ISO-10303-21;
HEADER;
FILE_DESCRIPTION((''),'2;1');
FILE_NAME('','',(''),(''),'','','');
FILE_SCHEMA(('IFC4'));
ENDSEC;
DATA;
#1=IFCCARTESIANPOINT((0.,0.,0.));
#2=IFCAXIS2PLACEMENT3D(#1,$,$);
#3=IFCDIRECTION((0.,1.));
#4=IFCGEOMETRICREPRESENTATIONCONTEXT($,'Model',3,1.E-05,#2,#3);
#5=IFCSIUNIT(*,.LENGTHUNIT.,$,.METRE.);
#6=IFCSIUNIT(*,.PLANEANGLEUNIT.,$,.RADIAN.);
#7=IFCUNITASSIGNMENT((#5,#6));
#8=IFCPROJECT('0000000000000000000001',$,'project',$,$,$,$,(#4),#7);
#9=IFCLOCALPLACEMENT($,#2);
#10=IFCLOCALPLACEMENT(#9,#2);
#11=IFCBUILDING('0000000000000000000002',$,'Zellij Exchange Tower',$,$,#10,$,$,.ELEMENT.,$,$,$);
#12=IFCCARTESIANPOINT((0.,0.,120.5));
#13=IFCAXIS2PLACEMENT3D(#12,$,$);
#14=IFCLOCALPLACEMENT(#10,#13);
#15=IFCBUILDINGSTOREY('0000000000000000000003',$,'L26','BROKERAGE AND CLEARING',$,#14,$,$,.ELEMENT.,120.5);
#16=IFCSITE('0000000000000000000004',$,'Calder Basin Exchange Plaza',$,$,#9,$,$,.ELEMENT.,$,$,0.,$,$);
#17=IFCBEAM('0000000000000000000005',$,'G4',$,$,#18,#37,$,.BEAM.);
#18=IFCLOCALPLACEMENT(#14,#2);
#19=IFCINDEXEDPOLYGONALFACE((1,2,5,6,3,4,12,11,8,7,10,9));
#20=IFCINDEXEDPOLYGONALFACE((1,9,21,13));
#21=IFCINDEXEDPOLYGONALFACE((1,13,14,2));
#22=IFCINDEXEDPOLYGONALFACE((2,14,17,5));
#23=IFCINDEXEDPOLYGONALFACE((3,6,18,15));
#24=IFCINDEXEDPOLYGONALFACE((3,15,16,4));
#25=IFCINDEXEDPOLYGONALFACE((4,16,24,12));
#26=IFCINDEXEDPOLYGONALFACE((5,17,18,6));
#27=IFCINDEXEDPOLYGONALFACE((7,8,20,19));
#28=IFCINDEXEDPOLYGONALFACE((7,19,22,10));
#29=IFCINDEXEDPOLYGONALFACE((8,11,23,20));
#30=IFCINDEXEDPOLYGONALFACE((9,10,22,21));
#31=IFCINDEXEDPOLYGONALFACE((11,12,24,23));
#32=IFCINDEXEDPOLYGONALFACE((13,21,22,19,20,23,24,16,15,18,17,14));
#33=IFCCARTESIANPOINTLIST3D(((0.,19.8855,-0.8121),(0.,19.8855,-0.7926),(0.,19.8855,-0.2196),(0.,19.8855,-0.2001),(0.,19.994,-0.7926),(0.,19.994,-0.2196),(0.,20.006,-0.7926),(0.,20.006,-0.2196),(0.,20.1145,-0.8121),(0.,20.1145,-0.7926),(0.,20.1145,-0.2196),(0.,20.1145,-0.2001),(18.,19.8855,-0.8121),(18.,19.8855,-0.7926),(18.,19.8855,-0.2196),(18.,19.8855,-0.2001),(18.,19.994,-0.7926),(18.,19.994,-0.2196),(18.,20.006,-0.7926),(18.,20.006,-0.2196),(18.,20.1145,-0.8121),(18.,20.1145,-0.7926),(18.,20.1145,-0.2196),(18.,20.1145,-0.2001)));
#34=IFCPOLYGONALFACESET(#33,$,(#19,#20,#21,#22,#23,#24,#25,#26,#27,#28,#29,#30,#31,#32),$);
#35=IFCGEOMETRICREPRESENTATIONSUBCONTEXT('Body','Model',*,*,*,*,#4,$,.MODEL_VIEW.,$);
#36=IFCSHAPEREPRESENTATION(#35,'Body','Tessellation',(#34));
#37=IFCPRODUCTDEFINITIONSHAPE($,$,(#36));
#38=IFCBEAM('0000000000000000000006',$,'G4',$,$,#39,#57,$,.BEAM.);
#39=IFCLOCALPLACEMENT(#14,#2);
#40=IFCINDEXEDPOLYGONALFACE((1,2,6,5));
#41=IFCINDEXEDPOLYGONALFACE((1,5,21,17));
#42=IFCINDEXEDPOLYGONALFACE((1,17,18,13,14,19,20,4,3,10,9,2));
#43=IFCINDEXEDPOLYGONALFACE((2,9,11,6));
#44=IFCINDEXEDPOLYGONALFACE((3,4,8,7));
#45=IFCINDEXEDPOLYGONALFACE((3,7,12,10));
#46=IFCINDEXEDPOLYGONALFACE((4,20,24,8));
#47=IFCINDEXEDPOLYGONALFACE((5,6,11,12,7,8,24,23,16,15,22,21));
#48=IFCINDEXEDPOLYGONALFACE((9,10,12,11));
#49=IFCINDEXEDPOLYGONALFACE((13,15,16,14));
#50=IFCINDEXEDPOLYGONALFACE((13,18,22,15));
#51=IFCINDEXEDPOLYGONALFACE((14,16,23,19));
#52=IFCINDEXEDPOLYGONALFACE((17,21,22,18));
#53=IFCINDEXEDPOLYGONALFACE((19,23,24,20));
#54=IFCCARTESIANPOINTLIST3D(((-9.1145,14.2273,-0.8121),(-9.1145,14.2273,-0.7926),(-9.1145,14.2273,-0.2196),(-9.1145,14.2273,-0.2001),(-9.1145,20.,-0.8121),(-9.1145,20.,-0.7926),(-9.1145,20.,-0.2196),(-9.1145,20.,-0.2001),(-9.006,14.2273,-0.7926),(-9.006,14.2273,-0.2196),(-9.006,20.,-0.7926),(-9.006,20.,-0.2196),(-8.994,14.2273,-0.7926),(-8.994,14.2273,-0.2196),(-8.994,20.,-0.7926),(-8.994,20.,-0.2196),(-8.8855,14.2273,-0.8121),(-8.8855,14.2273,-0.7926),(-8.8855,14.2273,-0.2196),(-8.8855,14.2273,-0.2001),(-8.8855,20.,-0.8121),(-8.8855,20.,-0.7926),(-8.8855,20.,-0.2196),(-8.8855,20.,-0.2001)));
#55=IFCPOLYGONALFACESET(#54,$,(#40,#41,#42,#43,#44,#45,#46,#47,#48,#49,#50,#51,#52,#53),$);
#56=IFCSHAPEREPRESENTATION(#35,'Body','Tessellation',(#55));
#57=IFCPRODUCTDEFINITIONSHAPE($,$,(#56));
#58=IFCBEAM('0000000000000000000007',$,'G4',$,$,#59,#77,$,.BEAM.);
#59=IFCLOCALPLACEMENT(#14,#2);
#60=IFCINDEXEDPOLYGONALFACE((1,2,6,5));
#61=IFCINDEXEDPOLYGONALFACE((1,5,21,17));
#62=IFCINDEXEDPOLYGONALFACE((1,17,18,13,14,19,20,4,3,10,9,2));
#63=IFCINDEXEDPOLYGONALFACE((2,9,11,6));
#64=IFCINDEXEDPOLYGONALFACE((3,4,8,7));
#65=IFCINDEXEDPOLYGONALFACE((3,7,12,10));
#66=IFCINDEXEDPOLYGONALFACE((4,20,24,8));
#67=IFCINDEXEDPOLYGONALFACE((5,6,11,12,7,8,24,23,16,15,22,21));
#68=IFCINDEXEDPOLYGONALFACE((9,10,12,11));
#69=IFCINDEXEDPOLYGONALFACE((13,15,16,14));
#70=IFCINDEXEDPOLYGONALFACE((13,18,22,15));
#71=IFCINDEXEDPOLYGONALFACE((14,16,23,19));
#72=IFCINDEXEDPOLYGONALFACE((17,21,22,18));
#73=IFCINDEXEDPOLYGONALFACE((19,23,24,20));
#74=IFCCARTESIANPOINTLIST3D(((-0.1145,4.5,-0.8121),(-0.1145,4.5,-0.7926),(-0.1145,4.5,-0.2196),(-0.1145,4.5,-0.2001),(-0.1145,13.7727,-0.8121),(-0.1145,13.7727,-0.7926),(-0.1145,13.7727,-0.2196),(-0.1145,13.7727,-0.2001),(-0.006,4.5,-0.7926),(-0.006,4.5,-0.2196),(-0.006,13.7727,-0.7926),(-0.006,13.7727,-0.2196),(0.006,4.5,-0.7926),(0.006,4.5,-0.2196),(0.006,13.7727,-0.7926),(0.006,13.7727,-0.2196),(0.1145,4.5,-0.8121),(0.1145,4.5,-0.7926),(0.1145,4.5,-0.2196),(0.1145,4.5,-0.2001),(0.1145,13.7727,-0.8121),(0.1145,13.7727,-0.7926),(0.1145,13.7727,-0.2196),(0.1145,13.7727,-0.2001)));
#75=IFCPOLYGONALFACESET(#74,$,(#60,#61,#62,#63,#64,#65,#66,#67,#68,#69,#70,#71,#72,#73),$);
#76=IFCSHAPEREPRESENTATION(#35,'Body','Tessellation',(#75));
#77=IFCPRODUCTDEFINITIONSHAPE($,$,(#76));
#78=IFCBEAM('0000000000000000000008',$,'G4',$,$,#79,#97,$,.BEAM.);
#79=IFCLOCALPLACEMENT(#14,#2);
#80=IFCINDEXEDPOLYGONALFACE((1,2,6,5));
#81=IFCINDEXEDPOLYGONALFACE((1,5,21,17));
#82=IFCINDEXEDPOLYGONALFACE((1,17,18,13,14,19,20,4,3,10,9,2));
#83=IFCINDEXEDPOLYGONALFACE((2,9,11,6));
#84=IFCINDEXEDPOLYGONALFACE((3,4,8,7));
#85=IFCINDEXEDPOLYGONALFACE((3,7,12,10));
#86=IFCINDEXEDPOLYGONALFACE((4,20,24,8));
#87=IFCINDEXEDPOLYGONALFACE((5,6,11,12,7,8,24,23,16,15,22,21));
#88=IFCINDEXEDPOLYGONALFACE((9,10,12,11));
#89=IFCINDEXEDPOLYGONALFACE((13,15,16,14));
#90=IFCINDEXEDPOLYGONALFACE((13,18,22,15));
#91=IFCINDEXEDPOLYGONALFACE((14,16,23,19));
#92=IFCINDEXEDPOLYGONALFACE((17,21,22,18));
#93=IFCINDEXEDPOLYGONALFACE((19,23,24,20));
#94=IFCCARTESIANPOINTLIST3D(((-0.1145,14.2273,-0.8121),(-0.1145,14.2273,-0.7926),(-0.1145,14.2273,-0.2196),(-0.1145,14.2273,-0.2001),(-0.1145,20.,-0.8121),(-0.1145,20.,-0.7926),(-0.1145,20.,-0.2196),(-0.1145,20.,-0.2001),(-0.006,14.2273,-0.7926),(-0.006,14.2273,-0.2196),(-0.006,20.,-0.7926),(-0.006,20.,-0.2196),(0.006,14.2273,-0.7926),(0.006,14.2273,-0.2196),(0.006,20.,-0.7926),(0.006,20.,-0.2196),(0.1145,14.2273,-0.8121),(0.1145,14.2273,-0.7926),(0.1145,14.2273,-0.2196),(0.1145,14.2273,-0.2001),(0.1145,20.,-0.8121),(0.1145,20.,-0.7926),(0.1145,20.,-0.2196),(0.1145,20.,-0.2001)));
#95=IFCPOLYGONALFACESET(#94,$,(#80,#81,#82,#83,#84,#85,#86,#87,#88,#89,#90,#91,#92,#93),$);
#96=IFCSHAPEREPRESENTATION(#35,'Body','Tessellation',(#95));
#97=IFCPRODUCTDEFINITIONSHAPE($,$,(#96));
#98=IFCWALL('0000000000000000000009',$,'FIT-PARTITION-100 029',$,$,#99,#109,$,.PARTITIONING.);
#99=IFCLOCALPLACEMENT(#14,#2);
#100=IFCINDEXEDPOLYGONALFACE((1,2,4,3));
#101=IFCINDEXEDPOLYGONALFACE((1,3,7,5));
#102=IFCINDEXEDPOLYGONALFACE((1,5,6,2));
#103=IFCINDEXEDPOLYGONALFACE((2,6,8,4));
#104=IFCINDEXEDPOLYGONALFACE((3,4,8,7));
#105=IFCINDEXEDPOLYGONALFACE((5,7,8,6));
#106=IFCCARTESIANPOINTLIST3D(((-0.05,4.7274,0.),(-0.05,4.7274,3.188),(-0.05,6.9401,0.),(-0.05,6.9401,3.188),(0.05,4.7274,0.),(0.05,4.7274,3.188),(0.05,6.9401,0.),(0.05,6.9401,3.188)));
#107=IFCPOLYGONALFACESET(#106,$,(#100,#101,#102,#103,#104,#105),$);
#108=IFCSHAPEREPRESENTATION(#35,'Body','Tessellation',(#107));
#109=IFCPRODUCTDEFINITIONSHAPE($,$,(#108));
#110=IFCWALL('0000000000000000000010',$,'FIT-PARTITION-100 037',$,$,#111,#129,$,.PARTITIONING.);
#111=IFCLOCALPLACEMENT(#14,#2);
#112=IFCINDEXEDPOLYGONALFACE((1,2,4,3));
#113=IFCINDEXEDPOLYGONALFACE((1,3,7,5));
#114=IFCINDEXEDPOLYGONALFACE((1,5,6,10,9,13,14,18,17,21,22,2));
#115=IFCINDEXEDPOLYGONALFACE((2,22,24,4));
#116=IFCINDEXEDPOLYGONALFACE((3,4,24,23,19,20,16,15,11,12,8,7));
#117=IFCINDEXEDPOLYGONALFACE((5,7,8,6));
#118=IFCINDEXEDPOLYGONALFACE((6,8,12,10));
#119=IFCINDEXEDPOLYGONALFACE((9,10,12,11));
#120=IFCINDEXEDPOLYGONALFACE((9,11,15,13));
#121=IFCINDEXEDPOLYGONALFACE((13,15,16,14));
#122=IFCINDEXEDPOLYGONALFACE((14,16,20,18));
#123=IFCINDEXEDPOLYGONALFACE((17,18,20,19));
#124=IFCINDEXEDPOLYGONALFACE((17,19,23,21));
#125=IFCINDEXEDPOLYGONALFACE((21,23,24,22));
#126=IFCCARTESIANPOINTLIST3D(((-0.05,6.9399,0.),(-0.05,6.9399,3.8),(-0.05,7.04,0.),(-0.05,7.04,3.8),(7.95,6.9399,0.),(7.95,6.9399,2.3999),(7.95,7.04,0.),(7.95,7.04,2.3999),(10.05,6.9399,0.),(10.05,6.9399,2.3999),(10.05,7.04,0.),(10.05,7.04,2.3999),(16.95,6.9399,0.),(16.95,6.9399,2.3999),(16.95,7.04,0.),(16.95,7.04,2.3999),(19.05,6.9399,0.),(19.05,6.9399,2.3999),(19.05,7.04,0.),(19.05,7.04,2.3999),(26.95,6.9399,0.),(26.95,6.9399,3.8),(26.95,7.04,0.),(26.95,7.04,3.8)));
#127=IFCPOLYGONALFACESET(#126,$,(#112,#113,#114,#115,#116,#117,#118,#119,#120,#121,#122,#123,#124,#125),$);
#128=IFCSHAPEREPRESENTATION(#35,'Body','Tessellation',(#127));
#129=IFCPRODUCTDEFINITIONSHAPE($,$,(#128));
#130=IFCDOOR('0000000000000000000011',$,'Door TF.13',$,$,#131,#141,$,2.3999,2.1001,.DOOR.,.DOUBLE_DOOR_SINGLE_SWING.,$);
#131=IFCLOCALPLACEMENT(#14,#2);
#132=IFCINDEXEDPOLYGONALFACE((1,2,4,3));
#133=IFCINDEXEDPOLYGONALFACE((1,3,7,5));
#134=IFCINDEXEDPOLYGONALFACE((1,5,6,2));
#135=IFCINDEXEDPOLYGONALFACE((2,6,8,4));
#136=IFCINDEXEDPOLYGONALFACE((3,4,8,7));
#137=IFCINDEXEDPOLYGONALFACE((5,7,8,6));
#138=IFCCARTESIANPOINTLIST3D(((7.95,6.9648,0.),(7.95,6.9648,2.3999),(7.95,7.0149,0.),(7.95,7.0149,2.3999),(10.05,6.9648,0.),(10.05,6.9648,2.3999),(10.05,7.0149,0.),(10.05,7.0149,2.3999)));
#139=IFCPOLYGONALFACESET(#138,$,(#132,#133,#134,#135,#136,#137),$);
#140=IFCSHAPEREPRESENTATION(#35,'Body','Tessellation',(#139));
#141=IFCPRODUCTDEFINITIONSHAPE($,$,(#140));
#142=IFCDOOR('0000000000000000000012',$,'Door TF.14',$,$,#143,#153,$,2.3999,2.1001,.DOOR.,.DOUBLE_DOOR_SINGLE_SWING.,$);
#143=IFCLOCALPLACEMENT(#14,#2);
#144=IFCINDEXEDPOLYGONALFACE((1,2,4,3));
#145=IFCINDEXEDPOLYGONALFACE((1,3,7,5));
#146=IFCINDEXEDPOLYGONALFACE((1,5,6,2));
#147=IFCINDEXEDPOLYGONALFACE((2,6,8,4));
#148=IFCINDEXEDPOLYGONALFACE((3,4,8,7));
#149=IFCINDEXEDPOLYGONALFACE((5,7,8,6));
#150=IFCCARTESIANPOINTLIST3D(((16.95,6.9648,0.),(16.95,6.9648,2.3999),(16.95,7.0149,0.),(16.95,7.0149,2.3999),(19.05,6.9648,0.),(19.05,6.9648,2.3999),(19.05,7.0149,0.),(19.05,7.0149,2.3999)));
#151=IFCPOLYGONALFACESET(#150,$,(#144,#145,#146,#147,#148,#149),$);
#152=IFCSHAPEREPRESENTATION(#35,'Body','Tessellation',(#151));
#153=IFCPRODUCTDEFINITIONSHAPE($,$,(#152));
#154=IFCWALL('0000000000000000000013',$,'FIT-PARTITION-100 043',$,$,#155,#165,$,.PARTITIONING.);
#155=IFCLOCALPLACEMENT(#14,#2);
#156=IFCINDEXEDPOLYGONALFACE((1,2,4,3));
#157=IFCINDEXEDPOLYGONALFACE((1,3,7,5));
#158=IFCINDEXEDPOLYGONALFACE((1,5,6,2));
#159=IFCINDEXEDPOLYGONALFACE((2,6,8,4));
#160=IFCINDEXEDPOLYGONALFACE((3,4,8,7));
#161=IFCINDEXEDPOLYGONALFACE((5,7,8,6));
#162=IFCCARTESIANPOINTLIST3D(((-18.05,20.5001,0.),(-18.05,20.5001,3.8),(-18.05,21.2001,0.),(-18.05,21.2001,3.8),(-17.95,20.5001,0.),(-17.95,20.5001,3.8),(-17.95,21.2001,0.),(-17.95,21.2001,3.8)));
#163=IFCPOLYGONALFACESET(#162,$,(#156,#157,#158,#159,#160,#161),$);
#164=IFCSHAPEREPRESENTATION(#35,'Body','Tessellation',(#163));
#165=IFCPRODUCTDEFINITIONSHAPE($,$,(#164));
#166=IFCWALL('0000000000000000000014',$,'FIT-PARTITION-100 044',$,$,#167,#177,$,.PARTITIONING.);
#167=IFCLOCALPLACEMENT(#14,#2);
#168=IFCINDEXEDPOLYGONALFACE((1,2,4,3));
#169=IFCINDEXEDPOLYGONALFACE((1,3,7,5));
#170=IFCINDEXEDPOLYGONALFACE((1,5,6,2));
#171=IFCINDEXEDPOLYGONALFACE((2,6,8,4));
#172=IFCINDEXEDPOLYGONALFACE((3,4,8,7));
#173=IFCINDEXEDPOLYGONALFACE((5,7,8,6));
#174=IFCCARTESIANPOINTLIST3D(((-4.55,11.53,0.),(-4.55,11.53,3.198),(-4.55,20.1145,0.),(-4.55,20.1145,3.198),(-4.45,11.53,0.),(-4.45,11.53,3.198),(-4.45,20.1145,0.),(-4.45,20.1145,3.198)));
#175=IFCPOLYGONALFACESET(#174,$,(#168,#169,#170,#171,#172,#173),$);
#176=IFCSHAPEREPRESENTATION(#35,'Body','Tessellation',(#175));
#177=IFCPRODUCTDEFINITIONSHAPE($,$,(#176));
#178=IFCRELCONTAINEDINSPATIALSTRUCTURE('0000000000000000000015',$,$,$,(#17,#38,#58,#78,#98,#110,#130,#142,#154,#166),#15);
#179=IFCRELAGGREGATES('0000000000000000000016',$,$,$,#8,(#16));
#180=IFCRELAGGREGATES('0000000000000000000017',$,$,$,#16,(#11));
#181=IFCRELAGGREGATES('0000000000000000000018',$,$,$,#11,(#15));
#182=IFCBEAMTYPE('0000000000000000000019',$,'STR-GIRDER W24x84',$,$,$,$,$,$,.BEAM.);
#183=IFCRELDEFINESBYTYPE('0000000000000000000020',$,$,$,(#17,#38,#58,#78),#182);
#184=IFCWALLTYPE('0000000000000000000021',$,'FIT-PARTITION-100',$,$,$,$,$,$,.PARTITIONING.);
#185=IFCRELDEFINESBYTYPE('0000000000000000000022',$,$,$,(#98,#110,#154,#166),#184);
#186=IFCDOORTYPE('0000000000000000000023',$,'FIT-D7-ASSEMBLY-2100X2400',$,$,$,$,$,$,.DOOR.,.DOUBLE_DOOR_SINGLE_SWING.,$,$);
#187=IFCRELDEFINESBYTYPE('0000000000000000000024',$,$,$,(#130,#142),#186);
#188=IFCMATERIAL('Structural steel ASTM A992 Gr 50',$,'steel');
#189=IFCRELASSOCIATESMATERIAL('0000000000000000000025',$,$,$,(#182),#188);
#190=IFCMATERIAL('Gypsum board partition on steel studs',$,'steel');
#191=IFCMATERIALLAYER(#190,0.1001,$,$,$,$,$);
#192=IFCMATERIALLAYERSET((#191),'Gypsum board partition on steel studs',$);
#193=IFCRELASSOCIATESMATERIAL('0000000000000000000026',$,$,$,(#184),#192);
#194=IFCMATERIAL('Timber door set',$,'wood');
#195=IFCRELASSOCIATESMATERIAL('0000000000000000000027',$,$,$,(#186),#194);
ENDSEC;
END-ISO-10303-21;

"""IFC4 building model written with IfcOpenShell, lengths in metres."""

from ifc_helpers import new_model, si_unit, direction, frame, frame_2d, origin, origin_2d, place, context, subcontext, project, spatial, rectangle, i_section, extrude, material, layer, layer_set, material_profile, profile_set, type_object, element, fill, save


model = new_model("IFC4")

# Units and contexts
model_context = context("Model", 3, precision=1e-05, world=origin(), true_north=direction((0.0, 1.0)))
body_context = subcontext(model_context, "Body", "Model", "MODEL_VIEW")
ifc_project = project(units=[si_unit("LENGTHUNIT", "METRE"), si_unit("PLANEANGLEUNIT", "RADIAN")], contexts=[model_context])

# Site, building, storey
site_placement = place(None, origin())
site = spatial("IfcSite", under=ifc_project, at=site_placement, Name="Calder Basin Exchange Plaza", CompositionType="ELEMENT", RefElevation=0.0)
building_placement = place(site_placement, origin())
building = spatial("IfcBuilding", under=site, at=building_placement, Name="Zellij Exchange Tower", CompositionType="ELEMENT")
storey_placement = place(building_placement, frame((0.0, 0.0, 120.5)))
storey = spatial("IfcBuildingStorey", under=building, at=storey_placement, Name="L26", Description="BROKERAGE AND CLEARING", CompositionType="ELEMENT", Elevation=120.5)

# Beams
ifc_material_1 = material(Name="Structural steel ASTM A992 Gr 50", Category="steel")
ifc_material_profile_1 = material_profile(ifc_material_1, i_section(OverallWidth=0.229, OverallDepth=0.6121, WebThickness=0.012, FlangeThickness=0.0195, at=origin_2d()), Name="W24x84")
ifc_profile_set_1 = profile_set([ifc_material_profile_1], Name="Structural steel ASTM A992 Gr 50")
beam_type = type_object("IfcBeamType", Name="STR-GIRDER W24x84", PredefinedType="BEAM", material=ifc_profile_set_1)
for number, where, z_axis, x_axis, name in (
    (1, (0.0, 20.0, -0.5061), (1.0, 0.0, 0.0), (0.0, 1.0, 0.0), "G4"),
):
    element("IfcBeam", number, at=place(storey_placement, frame(where, z_axis=z_axis, x_axis=x_axis)), inside=storey, type_object=beam_type, Name=name, PredefinedType="BEAM", context=body_context, shape_type="SweptSolid", body=[
        extrude(i_section(OverallWidth=0.229, OverallDepth=0.6121, WebThickness=0.012, FlangeThickness=0.0195, at=origin_2d()), origin(), (0.0, 0.0, 1.0), 18.0),
    ])
beam_1_placement = place(storey_placement, frame((-9.0, 14.2273, -0.5061), z_axis=(0.0, 1.0, 0.0), x_axis=(-1.0, 0.0, 0.0)))
element("IfcBeam", 2, at=beam_1_placement, inside=storey, type_object=beam_type, Name="G4", PredefinedType="BEAM", context=body_context, shape_type="SweptSolid", body=[
    extrude(i_section(OverallWidth=0.229, OverallDepth=0.6121, WebThickness=0.012, FlangeThickness=0.0195, at=origin_2d()), origin(), (0.0, 0.0, 1.0), 5.7727),
])
beam_2_placement = place(storey_placement, frame((0.0, 4.5, -0.5061), z_axis=(0.0, 1.0, 0.0), x_axis=(-1.0, 0.0, 0.0)))
element("IfcBeam", 3, at=beam_2_placement, inside=storey, type_object=beam_type, Name="G4", PredefinedType="BEAM", context=body_context, shape_type="SweptSolid", body=[
    extrude(i_section(OverallWidth=0.229, OverallDepth=0.6121, WebThickness=0.012, FlangeThickness=0.0195, at=origin_2d()), origin(), (0.0, 0.0, 1.0), 9.2727),
])
beam_3_placement = place(storey_placement, frame((0.0, 14.2273, -0.5061), z_axis=(0.0, 1.0, 0.0), x_axis=(-1.0, 0.0, 0.0)))
element("IfcBeam", 4, at=beam_3_placement, inside=storey, type_object=beam_type, Name="G4", PredefinedType="BEAM", context=body_context, shape_type="SweptSolid", body=[
    extrude(i_section(OverallWidth=0.229, OverallDepth=0.6121, WebThickness=0.012, FlangeThickness=0.0195, at=origin_2d()), origin(), (0.0, 0.0, 1.0), 5.7727),
])

# Wall
ifc_material_2 = material(Name="Gypsum board partition on steel studs", Category="steel")
ifc_layer = layer(ifc_material_2, 0.1001)
ifc_layer_set = layer_set([ifc_layer], Name="Gypsum board partition on steel studs")
wall_type = type_object("IfcWallType", Name="FIT-PARTITION-100", PredefinedType="PARTITIONING", material=ifc_layer_set)
wall_1_placement = place(storey_placement, frame((0.0, 4.7273, 0.0), z_axis=(0.0, 0.0, 1.0), x_axis=(0.0, 1.0, 0.0)))
element("IfcWall", 5, at=wall_1_placement, inside=storey, type_object=wall_type, Name="FIT-PARTITION-100 029", PredefinedType="PARTITIONING", context=body_context, shape_type="SweptSolid", body=[
    extrude(rectangle(XDim=2.2126, YDim=0.1001, at=frame_2d((1.1064, 0.0))), origin(), (0.0, 0.0, 1.0), 3.188),
])

# Wall, openings, doors
wall_2_placement = place(storey_placement, frame((-0.05, 6.99, 0.0), z_axis=(0.0, 0.0, 1.0), x_axis=(1.0, 0.0, 0.0)))
wall_2 = element("IfcWall", 6, at=wall_2_placement, inside=storey, type_object=wall_type, Name="FIT-PARTITION-100 037", PredefinedType="PARTITIONING", context=body_context, shape_type="SweptSolid", body=[
    extrude(rectangle(XDim=27.0, YDim=0.1001, at=frame_2d((13.5, 0.0))), origin(), (0.0, 0.0, 1.0), 3.8),
])
opening_1_placement = place(wall_2_placement, frame((8.0, 0.0, 0.0)))
opening_1 = element("IfcOpeningElement", 7, at=opening_1_placement, cuts=wall_2, PredefinedType="OPENING", context=body_context, shape_type="SweptSolid", body=[
    extrude(rectangle(XDim=2.1001, YDim=2.3999, at=frame_2d((1.05, 1.2))), frame((0.0, 0.062, 0.0), z_axis=(0.0, -1.0, 0.0), x_axis=(1.0, 0.0, 0.0)), (0.0, 0.0, 1.0), 0.124),
])
opening_2_placement = place(wall_2_placement, frame((17.0, 0.0, 0.0)))
opening_2 = element("IfcOpeningElement", 8, at=opening_2_placement, cuts=wall_2, PredefinedType="OPENING", context=body_context, shape_type="SweptSolid", body=[
    extrude(rectangle(XDim=2.1001, YDim=2.3999, at=frame_2d((1.05, 1.2))), frame((0.0, 0.062, 0.0), z_axis=(0.0, -1.0, 0.0), x_axis=(1.0, 0.0, 0.0)), (0.0, 0.0, 1.0), 0.124),
])
ifc_material_3 = material(Name="Timber door set", Category="wood")
door_type = type_object("IfcDoorType", Name="FIT-D7-ASSEMBLY-2100X2400", OperationType="DOUBLE_DOOR_SINGLE_SWING", PredefinedType="DOOR", material=ifc_material_3)
door_1_placement = place(opening_1_placement, origin())
door_1 = element("IfcDoor", 9, at=door_1_placement, inside=storey, type_object=door_type, Name="Door TF.13", OperationType="DOUBLE_DOOR_SINGLE_SWING", OverallHeight=2.3999, OverallWidth=2.1001, PredefinedType="DOOR", context=body_context, shape_type="SweptSolid", body=[
    extrude(rectangle(XDim=2.1001, YDim=2.3999, at=frame_2d((1.05, 1.2))), frame((0.0, 0.0249, 0.0), z_axis=(0.0, -1.0, 0.0), x_axis=(1.0, 0.0, 0.0)), (0.0, 0.0, 1.0), 0.05),
])
fill(opening_1, door_1)
door_2_placement = place(opening_2_placement, origin())
door_2 = element("IfcDoor", 10, at=door_2_placement, inside=storey, type_object=door_type, Name="Door TF.14", OperationType="DOUBLE_DOOR_SINGLE_SWING", OverallHeight=2.3999, OverallWidth=2.1001, PredefinedType="DOOR", context=body_context, shape_type="SweptSolid", body=[
    extrude(rectangle(XDim=2.1001, YDim=2.3999, at=frame_2d((1.05, 1.2))), frame((0.0, 0.0249, 0.0), z_axis=(0.0, -1.0, 0.0), x_axis=(1.0, 0.0, 0.0)), (0.0, 0.0, 1.0), 0.05),
])
fill(opening_2, door_2)

# Walls
wall_3_placement = place(storey_placement, frame((-18.0, 20.5, 0.0), z_axis=(0.0, 0.0, 1.0), x_axis=(0.0, 1.0, 0.0)))
element("IfcWall", 11, at=wall_3_placement, inside=storey, type_object=wall_type, Name="FIT-PARTITION-100 043", PredefinedType="PARTITIONING", context=body_context, shape_type="SweptSolid", body=[
    extrude(rectangle(XDim=0.7, YDim=0.1001, at=frame_2d((0.3501, 0.0))), origin(), (0.0, 0.0, 1.0), 3.8),
])
wall_4_placement = place(storey_placement, frame((-4.5, 11.53, 0.0), z_axis=(0.0, 0.0, 1.0), x_axis=(0.0, 1.0, 0.0)))
element("IfcWall", 12, at=wall_4_placement, inside=storey, type_object=wall_type, Name="FIT-PARTITION-100 044", PredefinedType="PARTITIONING", context=body_context, shape_type="SweptSolid", body=[
    extrude(rectangle(XDim=8.5845, YDim=0.1001, at=frame_2d((4.2922, 0.0))), origin(), (0.0, 0.0, 1.0), 3.198),
])

save(model, "model.ifc")
